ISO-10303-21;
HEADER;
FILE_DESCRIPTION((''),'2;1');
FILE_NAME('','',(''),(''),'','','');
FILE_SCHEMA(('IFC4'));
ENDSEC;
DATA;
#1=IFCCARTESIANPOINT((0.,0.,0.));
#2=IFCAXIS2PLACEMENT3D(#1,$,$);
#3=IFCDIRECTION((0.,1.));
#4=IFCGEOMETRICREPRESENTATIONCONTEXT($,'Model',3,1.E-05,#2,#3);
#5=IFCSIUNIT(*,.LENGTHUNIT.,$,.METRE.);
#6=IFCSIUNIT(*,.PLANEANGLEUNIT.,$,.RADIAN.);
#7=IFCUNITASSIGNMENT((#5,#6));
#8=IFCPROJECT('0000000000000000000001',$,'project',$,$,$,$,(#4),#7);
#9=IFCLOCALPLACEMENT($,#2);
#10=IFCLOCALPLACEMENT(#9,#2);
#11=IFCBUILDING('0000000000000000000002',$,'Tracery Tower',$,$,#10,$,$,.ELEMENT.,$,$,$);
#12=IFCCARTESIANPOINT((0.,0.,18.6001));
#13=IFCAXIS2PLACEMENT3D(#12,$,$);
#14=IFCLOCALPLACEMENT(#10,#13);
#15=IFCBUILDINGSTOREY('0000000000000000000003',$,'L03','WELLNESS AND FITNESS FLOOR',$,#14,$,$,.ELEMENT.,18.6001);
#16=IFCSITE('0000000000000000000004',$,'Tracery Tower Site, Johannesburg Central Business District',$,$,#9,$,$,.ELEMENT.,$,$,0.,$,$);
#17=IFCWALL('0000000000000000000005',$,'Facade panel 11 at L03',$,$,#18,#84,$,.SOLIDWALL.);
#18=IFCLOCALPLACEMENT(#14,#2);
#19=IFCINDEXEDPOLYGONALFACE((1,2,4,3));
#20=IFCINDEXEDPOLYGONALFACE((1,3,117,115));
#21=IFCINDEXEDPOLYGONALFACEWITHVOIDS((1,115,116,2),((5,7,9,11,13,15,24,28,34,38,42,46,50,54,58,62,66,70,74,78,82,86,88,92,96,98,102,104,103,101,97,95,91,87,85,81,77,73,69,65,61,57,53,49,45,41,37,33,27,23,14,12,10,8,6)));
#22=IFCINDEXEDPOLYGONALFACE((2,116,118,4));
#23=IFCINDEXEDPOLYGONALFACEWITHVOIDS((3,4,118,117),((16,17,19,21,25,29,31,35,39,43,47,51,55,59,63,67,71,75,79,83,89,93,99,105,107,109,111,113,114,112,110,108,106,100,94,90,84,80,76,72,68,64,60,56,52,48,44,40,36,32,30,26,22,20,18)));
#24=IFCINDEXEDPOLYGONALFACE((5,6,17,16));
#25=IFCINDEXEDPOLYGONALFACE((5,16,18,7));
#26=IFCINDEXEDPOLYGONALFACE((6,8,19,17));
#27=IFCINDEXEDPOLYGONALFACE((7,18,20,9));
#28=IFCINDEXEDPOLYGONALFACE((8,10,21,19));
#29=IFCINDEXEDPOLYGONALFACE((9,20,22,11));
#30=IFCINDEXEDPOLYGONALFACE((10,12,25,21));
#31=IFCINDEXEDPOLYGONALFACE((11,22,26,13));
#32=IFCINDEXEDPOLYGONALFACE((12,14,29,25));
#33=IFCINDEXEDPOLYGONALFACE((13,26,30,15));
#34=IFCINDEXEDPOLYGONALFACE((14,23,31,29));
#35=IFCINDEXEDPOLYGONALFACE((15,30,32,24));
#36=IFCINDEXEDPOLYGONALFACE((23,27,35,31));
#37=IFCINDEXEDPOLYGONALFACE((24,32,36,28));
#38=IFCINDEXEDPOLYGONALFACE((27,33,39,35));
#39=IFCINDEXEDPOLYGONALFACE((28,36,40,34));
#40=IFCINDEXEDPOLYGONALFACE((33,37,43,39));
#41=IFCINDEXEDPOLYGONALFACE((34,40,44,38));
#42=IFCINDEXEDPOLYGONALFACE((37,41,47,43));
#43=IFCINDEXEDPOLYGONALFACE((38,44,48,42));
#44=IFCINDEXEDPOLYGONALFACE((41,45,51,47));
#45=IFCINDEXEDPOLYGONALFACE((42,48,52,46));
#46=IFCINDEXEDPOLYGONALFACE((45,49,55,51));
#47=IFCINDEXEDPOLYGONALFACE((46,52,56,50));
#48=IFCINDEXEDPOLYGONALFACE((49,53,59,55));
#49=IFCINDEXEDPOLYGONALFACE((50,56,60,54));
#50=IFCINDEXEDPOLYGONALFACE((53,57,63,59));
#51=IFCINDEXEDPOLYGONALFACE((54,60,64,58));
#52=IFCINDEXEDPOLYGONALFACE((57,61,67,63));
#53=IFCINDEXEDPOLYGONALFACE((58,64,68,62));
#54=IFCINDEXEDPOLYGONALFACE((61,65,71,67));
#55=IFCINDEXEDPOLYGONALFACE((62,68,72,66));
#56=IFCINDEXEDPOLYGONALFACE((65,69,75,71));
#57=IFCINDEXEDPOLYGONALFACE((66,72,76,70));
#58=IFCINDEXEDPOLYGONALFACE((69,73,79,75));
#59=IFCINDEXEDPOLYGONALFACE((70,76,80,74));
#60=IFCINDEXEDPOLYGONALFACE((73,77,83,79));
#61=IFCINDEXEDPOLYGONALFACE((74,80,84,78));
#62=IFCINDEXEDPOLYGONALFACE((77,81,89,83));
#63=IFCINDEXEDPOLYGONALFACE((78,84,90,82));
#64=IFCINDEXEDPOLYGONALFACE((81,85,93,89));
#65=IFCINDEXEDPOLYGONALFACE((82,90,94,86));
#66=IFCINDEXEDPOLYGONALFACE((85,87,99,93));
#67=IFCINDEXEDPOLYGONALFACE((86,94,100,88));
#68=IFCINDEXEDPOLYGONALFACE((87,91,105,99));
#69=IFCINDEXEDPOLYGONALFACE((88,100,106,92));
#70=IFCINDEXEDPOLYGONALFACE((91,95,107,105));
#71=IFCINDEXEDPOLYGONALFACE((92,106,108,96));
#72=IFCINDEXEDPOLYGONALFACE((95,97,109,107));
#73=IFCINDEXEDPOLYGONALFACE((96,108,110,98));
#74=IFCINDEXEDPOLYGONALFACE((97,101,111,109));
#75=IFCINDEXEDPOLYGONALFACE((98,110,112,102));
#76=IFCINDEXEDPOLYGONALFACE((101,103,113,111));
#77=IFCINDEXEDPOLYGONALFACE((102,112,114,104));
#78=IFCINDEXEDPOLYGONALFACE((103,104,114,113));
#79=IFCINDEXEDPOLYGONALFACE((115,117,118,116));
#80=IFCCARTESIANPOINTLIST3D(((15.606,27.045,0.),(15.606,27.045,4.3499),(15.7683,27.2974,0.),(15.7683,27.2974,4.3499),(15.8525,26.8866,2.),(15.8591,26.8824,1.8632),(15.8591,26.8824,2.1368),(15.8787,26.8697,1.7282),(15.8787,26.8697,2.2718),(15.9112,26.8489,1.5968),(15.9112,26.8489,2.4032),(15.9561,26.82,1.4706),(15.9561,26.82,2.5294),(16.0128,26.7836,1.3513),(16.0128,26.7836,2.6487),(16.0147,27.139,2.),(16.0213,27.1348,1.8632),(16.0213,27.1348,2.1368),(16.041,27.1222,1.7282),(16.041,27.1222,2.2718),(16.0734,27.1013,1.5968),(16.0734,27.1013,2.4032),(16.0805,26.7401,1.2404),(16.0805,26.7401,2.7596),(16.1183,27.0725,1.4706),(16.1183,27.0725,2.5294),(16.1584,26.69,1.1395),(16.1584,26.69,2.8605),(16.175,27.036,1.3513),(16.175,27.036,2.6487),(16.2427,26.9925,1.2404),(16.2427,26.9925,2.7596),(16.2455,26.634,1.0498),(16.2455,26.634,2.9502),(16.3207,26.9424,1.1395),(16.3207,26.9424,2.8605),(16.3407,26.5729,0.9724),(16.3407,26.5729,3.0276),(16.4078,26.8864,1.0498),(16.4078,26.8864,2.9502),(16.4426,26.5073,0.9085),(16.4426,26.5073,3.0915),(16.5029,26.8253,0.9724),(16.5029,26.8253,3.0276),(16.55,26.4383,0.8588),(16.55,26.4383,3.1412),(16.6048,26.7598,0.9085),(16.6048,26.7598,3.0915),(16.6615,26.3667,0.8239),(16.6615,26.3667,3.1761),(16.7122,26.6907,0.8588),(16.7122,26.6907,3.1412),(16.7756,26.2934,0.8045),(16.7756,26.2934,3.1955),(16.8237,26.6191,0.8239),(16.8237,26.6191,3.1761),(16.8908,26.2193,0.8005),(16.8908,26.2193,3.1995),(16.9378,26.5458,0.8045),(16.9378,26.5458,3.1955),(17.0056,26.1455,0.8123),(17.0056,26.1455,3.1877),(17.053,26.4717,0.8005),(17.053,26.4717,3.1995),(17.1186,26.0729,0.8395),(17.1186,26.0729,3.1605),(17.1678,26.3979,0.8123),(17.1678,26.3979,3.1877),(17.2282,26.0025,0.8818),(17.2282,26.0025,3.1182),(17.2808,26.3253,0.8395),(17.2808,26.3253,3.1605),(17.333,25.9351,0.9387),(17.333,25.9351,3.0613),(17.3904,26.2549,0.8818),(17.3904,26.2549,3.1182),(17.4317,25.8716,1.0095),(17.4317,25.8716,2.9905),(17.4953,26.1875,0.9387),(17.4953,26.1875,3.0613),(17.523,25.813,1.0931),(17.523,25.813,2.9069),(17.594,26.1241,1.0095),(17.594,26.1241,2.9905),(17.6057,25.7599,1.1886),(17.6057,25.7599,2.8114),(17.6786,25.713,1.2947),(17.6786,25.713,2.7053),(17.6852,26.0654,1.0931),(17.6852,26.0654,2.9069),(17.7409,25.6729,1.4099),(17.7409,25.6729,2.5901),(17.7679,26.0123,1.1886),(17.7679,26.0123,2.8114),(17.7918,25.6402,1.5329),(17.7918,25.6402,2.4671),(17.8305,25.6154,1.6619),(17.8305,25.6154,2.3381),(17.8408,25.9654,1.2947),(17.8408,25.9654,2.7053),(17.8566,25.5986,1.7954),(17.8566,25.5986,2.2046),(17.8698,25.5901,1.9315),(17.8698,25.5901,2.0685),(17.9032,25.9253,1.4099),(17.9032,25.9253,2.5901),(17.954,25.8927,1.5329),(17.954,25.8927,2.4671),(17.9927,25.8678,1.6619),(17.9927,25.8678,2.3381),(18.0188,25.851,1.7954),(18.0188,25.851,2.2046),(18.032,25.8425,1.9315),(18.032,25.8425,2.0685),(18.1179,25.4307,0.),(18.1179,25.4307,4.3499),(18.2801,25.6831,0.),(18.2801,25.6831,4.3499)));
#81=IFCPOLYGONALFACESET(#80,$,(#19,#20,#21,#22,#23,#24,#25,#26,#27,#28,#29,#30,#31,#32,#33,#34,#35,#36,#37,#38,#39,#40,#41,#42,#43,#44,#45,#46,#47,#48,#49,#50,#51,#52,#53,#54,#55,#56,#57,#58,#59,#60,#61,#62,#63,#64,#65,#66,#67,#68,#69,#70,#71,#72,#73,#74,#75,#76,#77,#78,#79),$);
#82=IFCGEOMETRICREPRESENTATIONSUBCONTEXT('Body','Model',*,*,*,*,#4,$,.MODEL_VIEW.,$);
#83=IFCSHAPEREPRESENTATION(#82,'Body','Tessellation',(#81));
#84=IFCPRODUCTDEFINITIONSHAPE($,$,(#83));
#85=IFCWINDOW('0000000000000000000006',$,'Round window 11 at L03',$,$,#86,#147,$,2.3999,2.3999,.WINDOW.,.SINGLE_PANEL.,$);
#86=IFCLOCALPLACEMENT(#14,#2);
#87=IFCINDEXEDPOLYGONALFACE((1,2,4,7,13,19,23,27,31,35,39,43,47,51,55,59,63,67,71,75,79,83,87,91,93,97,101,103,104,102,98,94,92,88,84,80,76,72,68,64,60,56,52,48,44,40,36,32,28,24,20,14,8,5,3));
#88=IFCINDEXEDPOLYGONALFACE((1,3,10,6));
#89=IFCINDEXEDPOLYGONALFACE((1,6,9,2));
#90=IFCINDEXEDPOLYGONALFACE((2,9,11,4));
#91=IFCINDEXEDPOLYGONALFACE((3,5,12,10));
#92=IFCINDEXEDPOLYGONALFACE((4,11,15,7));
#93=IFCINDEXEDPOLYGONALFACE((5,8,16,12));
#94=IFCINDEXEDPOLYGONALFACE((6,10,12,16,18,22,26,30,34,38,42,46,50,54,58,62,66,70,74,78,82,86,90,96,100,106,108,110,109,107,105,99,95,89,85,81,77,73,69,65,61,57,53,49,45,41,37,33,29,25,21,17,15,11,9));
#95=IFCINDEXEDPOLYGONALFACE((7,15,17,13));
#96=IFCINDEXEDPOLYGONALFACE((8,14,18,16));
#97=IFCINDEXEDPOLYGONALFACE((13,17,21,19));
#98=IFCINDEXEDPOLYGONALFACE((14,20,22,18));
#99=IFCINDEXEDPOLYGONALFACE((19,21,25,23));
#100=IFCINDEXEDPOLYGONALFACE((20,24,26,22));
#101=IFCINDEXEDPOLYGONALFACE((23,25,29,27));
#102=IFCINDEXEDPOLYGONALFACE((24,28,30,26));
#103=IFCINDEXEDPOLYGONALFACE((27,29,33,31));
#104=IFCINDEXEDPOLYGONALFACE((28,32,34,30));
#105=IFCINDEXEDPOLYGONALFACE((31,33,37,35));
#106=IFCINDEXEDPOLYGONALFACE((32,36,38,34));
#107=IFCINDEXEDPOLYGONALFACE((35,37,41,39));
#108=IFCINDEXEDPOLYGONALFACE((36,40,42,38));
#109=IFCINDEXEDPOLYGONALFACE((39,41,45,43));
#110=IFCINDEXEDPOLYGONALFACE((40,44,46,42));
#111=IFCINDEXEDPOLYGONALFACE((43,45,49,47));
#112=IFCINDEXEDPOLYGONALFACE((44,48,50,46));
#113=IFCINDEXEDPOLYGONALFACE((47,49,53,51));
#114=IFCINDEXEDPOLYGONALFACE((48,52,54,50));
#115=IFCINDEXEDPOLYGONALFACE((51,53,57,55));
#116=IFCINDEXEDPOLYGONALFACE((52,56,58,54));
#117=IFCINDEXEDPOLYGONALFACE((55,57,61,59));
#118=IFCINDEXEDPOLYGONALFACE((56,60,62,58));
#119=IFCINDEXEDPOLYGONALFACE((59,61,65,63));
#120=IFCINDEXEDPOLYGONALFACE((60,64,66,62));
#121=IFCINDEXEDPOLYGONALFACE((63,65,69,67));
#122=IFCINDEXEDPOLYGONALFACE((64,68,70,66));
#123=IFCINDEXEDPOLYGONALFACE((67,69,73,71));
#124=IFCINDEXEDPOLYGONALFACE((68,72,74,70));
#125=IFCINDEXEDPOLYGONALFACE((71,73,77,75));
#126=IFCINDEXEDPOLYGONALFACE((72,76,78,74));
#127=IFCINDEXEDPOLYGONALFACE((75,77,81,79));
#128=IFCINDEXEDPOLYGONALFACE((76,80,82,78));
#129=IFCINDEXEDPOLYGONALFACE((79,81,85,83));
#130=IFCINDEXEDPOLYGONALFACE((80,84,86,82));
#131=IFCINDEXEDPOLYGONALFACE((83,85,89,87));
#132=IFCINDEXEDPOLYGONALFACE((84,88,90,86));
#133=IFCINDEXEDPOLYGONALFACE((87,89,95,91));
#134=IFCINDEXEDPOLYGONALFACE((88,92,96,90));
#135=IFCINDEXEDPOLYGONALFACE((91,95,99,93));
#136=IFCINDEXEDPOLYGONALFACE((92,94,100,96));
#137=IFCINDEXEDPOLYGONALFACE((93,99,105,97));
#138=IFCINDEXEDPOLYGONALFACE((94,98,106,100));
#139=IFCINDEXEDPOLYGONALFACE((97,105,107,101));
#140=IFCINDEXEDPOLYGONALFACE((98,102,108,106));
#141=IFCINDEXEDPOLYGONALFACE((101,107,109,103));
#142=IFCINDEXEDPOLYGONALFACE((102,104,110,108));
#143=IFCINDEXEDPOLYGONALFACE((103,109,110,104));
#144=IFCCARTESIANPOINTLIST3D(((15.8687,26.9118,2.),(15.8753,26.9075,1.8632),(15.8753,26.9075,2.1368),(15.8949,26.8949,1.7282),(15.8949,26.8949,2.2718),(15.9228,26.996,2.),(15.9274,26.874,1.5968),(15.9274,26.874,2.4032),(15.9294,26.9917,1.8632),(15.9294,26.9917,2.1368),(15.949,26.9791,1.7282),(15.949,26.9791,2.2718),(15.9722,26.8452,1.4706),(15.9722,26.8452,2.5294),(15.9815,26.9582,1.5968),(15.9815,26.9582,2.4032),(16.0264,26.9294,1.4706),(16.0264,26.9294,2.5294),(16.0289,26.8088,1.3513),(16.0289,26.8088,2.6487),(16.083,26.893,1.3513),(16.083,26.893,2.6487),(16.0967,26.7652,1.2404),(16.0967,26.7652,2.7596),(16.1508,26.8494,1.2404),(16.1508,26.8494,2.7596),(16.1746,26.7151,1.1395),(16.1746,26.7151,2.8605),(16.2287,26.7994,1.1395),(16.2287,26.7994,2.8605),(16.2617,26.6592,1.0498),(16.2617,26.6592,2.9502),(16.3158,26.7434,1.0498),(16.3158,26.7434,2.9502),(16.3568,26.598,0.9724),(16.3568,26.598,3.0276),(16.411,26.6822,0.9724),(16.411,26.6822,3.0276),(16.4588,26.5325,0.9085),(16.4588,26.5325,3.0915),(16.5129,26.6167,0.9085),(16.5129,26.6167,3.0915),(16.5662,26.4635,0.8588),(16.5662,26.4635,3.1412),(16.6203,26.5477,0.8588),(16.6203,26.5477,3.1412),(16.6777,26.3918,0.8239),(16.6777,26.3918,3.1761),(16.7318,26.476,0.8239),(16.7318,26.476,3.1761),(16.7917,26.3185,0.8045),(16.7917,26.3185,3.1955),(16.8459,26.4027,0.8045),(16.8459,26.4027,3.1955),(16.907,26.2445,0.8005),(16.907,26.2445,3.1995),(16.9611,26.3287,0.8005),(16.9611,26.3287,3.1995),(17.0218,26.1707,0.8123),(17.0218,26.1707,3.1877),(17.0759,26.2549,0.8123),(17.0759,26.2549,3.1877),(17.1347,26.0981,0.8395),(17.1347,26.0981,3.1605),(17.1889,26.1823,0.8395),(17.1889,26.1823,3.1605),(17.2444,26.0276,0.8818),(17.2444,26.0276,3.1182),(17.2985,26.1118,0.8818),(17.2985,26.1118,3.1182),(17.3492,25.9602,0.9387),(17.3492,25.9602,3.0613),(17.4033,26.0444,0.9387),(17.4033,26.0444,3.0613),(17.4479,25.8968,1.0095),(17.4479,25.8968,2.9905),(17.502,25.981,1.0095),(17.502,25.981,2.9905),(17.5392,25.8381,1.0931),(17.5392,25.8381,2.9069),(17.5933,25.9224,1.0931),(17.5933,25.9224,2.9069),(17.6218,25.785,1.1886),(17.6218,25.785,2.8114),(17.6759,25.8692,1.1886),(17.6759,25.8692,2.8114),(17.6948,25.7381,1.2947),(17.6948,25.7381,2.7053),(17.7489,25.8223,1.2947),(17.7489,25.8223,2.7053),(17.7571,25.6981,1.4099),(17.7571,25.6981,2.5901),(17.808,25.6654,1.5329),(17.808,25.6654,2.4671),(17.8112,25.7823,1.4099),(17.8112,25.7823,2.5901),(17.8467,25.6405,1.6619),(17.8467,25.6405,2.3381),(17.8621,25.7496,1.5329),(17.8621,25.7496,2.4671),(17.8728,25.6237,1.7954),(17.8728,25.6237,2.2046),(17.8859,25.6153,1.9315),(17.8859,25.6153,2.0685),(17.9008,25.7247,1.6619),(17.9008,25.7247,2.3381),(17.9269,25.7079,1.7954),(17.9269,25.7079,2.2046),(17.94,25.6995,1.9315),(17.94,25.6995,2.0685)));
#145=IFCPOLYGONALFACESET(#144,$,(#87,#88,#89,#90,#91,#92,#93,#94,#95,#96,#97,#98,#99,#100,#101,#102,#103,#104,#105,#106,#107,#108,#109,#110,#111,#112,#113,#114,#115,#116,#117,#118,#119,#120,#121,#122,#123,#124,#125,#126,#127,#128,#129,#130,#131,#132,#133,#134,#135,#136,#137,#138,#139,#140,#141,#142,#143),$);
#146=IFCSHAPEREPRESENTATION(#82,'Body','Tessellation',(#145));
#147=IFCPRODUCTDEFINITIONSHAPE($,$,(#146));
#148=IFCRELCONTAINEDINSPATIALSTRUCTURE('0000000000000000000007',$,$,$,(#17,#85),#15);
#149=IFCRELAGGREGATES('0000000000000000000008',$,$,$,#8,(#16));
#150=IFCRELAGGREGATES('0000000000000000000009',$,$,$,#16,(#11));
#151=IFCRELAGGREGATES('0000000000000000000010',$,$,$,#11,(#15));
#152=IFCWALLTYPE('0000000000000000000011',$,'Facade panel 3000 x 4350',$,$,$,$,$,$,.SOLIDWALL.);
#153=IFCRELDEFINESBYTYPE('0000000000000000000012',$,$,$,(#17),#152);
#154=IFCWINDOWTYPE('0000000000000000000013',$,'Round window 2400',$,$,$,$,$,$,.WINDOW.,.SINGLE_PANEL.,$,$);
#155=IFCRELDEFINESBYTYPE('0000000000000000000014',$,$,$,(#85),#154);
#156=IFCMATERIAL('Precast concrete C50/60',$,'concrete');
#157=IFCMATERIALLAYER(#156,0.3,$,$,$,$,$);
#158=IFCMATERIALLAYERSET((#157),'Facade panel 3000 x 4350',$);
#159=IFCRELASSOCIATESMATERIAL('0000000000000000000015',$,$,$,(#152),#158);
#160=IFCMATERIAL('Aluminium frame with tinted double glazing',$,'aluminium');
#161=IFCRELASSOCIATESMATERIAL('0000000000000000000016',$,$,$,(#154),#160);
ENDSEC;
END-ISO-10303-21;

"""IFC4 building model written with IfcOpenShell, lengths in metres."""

from ifc_helpers import new_model, si_unit, direction, frame, frame_2d, origin, origin_2d, place, context, subcontext, project, spatial, rectangle, circle, extrude, material, layer, layer_set, type_object, element, fill, save


model = new_model("IFC4")

# Units and contexts
model_context = context("Model", 3, precision=1e-05, world=origin(), true_north=direction((0.0, 1.0)))
body_context = subcontext(model_context, "Body", "Model", "MODEL_VIEW")
ifc_project = project(units=[si_unit("LENGTHUNIT", "METRE"), si_unit("PLANEANGLEUNIT", "RADIAN")], contexts=[model_context])

# Site, building, storey
site_placement = place(None, origin())
site = spatial("IfcSite", under=ifc_project, at=site_placement, Name="Tracery Tower Site, Johannesburg Central Business District", CompositionType="ELEMENT", RefElevation=0.0)
building_placement = place(site_placement, origin())
building = spatial("IfcBuilding", under=site, at=building_placement, Name="Tracery Tower", CompositionType="ELEMENT")
storey_placement = place(building_placement, frame((0.0, 0.0, 18.6001)))
storey = spatial("IfcBuildingStorey", under=building, at=storey_placement, Name="L03", Description="WELLNESS AND FITNESS FLOOR", CompositionType="ELEMENT", Elevation=18.6001)

# Wall, opening, window
ifc_material_1 = material(Name="Precast concrete C50/60", Category="concrete")
ifc_layer_1 = layer(ifc_material_1, 0.3)
ifc_layer_set_1 = layer_set([ifc_layer_1], Name="Facade panel 3000 x 4350")
wall_type_1 = type_object("IfcWallType", Name="Facade panel 3000 x 4350", PredefinedType="SOLIDWALL", material=ifc_layer_set_1)
ifc_material_2 = material(Name="Aluminium frame with tinted double glazing", Category="aluminium")
window_type = type_object("IfcWindowType", Name="Round window 2400", PartitioningType="SINGLE_PANEL", PredefinedType="WINDOW", material=ifc_material_2)
wall_1_placement = place(storey_placement, frame((18.199, 25.5569, 0.0), z_axis=(0.0, 0.0, 1.0), x_axis=(-0.841242, 0.540658, 0.0)))
wall_1 = element("IfcWall", 1, at=wall_1_placement, inside=storey, type_object=wall_type_1, Name="Facade panel 11 at L03", PredefinedType="SOLIDWALL", context=body_context, shape_type="SweptSolid", body=[
    extrude(rectangle(XDim=2.9858, YDim=0.3, at=frame_2d((1.4929, 0.0))), origin(), (0.0, 0.0, 1.0), 4.3499),
])
opening_1_placement = place(wall_1_placement, frame((1.4929, 0.0, 2.0)))
opening_1 = element("IfcOpeningElement", 2, at=opening_1_placement, cuts=wall_1, PredefinedType="OPENING", context=body_context, shape_type="SweptSolid", body=[
    extrude(circle(Radius=1.2, at=origin_2d()), frame((0.0, 0.1599, 0.0), z_axis=(0.0, -1.0, 0.0), x_axis=(1.0, 0.0, 0.0)), (0.0, 0.0, 1.0), 0.3201),
])
window_1_placement = place(opening_1_placement, origin())
window_1 = element("IfcWindow", 3, at=window_1_placement, inside=storey, type_object=window_type, Name="Round window 11 at L03", OverallHeight=2.3999, OverallWidth=2.3999, PartitioningType="SINGLE_PANEL", PredefinedType="WINDOW", context=body_context, shape_type="SweptSolid", body=[
    extrude(circle(Radius=1.2, at=origin_2d()), frame((0.0, 0.1201, 0.0), z_axis=(0.0, -1.0, 0.0), x_axis=(1.0, 0.0, 0.0)), (0.0, 0.0, 1.0), 0.1001),
])
fill(opening_1, window_1)

save(model, "model.ifc")
